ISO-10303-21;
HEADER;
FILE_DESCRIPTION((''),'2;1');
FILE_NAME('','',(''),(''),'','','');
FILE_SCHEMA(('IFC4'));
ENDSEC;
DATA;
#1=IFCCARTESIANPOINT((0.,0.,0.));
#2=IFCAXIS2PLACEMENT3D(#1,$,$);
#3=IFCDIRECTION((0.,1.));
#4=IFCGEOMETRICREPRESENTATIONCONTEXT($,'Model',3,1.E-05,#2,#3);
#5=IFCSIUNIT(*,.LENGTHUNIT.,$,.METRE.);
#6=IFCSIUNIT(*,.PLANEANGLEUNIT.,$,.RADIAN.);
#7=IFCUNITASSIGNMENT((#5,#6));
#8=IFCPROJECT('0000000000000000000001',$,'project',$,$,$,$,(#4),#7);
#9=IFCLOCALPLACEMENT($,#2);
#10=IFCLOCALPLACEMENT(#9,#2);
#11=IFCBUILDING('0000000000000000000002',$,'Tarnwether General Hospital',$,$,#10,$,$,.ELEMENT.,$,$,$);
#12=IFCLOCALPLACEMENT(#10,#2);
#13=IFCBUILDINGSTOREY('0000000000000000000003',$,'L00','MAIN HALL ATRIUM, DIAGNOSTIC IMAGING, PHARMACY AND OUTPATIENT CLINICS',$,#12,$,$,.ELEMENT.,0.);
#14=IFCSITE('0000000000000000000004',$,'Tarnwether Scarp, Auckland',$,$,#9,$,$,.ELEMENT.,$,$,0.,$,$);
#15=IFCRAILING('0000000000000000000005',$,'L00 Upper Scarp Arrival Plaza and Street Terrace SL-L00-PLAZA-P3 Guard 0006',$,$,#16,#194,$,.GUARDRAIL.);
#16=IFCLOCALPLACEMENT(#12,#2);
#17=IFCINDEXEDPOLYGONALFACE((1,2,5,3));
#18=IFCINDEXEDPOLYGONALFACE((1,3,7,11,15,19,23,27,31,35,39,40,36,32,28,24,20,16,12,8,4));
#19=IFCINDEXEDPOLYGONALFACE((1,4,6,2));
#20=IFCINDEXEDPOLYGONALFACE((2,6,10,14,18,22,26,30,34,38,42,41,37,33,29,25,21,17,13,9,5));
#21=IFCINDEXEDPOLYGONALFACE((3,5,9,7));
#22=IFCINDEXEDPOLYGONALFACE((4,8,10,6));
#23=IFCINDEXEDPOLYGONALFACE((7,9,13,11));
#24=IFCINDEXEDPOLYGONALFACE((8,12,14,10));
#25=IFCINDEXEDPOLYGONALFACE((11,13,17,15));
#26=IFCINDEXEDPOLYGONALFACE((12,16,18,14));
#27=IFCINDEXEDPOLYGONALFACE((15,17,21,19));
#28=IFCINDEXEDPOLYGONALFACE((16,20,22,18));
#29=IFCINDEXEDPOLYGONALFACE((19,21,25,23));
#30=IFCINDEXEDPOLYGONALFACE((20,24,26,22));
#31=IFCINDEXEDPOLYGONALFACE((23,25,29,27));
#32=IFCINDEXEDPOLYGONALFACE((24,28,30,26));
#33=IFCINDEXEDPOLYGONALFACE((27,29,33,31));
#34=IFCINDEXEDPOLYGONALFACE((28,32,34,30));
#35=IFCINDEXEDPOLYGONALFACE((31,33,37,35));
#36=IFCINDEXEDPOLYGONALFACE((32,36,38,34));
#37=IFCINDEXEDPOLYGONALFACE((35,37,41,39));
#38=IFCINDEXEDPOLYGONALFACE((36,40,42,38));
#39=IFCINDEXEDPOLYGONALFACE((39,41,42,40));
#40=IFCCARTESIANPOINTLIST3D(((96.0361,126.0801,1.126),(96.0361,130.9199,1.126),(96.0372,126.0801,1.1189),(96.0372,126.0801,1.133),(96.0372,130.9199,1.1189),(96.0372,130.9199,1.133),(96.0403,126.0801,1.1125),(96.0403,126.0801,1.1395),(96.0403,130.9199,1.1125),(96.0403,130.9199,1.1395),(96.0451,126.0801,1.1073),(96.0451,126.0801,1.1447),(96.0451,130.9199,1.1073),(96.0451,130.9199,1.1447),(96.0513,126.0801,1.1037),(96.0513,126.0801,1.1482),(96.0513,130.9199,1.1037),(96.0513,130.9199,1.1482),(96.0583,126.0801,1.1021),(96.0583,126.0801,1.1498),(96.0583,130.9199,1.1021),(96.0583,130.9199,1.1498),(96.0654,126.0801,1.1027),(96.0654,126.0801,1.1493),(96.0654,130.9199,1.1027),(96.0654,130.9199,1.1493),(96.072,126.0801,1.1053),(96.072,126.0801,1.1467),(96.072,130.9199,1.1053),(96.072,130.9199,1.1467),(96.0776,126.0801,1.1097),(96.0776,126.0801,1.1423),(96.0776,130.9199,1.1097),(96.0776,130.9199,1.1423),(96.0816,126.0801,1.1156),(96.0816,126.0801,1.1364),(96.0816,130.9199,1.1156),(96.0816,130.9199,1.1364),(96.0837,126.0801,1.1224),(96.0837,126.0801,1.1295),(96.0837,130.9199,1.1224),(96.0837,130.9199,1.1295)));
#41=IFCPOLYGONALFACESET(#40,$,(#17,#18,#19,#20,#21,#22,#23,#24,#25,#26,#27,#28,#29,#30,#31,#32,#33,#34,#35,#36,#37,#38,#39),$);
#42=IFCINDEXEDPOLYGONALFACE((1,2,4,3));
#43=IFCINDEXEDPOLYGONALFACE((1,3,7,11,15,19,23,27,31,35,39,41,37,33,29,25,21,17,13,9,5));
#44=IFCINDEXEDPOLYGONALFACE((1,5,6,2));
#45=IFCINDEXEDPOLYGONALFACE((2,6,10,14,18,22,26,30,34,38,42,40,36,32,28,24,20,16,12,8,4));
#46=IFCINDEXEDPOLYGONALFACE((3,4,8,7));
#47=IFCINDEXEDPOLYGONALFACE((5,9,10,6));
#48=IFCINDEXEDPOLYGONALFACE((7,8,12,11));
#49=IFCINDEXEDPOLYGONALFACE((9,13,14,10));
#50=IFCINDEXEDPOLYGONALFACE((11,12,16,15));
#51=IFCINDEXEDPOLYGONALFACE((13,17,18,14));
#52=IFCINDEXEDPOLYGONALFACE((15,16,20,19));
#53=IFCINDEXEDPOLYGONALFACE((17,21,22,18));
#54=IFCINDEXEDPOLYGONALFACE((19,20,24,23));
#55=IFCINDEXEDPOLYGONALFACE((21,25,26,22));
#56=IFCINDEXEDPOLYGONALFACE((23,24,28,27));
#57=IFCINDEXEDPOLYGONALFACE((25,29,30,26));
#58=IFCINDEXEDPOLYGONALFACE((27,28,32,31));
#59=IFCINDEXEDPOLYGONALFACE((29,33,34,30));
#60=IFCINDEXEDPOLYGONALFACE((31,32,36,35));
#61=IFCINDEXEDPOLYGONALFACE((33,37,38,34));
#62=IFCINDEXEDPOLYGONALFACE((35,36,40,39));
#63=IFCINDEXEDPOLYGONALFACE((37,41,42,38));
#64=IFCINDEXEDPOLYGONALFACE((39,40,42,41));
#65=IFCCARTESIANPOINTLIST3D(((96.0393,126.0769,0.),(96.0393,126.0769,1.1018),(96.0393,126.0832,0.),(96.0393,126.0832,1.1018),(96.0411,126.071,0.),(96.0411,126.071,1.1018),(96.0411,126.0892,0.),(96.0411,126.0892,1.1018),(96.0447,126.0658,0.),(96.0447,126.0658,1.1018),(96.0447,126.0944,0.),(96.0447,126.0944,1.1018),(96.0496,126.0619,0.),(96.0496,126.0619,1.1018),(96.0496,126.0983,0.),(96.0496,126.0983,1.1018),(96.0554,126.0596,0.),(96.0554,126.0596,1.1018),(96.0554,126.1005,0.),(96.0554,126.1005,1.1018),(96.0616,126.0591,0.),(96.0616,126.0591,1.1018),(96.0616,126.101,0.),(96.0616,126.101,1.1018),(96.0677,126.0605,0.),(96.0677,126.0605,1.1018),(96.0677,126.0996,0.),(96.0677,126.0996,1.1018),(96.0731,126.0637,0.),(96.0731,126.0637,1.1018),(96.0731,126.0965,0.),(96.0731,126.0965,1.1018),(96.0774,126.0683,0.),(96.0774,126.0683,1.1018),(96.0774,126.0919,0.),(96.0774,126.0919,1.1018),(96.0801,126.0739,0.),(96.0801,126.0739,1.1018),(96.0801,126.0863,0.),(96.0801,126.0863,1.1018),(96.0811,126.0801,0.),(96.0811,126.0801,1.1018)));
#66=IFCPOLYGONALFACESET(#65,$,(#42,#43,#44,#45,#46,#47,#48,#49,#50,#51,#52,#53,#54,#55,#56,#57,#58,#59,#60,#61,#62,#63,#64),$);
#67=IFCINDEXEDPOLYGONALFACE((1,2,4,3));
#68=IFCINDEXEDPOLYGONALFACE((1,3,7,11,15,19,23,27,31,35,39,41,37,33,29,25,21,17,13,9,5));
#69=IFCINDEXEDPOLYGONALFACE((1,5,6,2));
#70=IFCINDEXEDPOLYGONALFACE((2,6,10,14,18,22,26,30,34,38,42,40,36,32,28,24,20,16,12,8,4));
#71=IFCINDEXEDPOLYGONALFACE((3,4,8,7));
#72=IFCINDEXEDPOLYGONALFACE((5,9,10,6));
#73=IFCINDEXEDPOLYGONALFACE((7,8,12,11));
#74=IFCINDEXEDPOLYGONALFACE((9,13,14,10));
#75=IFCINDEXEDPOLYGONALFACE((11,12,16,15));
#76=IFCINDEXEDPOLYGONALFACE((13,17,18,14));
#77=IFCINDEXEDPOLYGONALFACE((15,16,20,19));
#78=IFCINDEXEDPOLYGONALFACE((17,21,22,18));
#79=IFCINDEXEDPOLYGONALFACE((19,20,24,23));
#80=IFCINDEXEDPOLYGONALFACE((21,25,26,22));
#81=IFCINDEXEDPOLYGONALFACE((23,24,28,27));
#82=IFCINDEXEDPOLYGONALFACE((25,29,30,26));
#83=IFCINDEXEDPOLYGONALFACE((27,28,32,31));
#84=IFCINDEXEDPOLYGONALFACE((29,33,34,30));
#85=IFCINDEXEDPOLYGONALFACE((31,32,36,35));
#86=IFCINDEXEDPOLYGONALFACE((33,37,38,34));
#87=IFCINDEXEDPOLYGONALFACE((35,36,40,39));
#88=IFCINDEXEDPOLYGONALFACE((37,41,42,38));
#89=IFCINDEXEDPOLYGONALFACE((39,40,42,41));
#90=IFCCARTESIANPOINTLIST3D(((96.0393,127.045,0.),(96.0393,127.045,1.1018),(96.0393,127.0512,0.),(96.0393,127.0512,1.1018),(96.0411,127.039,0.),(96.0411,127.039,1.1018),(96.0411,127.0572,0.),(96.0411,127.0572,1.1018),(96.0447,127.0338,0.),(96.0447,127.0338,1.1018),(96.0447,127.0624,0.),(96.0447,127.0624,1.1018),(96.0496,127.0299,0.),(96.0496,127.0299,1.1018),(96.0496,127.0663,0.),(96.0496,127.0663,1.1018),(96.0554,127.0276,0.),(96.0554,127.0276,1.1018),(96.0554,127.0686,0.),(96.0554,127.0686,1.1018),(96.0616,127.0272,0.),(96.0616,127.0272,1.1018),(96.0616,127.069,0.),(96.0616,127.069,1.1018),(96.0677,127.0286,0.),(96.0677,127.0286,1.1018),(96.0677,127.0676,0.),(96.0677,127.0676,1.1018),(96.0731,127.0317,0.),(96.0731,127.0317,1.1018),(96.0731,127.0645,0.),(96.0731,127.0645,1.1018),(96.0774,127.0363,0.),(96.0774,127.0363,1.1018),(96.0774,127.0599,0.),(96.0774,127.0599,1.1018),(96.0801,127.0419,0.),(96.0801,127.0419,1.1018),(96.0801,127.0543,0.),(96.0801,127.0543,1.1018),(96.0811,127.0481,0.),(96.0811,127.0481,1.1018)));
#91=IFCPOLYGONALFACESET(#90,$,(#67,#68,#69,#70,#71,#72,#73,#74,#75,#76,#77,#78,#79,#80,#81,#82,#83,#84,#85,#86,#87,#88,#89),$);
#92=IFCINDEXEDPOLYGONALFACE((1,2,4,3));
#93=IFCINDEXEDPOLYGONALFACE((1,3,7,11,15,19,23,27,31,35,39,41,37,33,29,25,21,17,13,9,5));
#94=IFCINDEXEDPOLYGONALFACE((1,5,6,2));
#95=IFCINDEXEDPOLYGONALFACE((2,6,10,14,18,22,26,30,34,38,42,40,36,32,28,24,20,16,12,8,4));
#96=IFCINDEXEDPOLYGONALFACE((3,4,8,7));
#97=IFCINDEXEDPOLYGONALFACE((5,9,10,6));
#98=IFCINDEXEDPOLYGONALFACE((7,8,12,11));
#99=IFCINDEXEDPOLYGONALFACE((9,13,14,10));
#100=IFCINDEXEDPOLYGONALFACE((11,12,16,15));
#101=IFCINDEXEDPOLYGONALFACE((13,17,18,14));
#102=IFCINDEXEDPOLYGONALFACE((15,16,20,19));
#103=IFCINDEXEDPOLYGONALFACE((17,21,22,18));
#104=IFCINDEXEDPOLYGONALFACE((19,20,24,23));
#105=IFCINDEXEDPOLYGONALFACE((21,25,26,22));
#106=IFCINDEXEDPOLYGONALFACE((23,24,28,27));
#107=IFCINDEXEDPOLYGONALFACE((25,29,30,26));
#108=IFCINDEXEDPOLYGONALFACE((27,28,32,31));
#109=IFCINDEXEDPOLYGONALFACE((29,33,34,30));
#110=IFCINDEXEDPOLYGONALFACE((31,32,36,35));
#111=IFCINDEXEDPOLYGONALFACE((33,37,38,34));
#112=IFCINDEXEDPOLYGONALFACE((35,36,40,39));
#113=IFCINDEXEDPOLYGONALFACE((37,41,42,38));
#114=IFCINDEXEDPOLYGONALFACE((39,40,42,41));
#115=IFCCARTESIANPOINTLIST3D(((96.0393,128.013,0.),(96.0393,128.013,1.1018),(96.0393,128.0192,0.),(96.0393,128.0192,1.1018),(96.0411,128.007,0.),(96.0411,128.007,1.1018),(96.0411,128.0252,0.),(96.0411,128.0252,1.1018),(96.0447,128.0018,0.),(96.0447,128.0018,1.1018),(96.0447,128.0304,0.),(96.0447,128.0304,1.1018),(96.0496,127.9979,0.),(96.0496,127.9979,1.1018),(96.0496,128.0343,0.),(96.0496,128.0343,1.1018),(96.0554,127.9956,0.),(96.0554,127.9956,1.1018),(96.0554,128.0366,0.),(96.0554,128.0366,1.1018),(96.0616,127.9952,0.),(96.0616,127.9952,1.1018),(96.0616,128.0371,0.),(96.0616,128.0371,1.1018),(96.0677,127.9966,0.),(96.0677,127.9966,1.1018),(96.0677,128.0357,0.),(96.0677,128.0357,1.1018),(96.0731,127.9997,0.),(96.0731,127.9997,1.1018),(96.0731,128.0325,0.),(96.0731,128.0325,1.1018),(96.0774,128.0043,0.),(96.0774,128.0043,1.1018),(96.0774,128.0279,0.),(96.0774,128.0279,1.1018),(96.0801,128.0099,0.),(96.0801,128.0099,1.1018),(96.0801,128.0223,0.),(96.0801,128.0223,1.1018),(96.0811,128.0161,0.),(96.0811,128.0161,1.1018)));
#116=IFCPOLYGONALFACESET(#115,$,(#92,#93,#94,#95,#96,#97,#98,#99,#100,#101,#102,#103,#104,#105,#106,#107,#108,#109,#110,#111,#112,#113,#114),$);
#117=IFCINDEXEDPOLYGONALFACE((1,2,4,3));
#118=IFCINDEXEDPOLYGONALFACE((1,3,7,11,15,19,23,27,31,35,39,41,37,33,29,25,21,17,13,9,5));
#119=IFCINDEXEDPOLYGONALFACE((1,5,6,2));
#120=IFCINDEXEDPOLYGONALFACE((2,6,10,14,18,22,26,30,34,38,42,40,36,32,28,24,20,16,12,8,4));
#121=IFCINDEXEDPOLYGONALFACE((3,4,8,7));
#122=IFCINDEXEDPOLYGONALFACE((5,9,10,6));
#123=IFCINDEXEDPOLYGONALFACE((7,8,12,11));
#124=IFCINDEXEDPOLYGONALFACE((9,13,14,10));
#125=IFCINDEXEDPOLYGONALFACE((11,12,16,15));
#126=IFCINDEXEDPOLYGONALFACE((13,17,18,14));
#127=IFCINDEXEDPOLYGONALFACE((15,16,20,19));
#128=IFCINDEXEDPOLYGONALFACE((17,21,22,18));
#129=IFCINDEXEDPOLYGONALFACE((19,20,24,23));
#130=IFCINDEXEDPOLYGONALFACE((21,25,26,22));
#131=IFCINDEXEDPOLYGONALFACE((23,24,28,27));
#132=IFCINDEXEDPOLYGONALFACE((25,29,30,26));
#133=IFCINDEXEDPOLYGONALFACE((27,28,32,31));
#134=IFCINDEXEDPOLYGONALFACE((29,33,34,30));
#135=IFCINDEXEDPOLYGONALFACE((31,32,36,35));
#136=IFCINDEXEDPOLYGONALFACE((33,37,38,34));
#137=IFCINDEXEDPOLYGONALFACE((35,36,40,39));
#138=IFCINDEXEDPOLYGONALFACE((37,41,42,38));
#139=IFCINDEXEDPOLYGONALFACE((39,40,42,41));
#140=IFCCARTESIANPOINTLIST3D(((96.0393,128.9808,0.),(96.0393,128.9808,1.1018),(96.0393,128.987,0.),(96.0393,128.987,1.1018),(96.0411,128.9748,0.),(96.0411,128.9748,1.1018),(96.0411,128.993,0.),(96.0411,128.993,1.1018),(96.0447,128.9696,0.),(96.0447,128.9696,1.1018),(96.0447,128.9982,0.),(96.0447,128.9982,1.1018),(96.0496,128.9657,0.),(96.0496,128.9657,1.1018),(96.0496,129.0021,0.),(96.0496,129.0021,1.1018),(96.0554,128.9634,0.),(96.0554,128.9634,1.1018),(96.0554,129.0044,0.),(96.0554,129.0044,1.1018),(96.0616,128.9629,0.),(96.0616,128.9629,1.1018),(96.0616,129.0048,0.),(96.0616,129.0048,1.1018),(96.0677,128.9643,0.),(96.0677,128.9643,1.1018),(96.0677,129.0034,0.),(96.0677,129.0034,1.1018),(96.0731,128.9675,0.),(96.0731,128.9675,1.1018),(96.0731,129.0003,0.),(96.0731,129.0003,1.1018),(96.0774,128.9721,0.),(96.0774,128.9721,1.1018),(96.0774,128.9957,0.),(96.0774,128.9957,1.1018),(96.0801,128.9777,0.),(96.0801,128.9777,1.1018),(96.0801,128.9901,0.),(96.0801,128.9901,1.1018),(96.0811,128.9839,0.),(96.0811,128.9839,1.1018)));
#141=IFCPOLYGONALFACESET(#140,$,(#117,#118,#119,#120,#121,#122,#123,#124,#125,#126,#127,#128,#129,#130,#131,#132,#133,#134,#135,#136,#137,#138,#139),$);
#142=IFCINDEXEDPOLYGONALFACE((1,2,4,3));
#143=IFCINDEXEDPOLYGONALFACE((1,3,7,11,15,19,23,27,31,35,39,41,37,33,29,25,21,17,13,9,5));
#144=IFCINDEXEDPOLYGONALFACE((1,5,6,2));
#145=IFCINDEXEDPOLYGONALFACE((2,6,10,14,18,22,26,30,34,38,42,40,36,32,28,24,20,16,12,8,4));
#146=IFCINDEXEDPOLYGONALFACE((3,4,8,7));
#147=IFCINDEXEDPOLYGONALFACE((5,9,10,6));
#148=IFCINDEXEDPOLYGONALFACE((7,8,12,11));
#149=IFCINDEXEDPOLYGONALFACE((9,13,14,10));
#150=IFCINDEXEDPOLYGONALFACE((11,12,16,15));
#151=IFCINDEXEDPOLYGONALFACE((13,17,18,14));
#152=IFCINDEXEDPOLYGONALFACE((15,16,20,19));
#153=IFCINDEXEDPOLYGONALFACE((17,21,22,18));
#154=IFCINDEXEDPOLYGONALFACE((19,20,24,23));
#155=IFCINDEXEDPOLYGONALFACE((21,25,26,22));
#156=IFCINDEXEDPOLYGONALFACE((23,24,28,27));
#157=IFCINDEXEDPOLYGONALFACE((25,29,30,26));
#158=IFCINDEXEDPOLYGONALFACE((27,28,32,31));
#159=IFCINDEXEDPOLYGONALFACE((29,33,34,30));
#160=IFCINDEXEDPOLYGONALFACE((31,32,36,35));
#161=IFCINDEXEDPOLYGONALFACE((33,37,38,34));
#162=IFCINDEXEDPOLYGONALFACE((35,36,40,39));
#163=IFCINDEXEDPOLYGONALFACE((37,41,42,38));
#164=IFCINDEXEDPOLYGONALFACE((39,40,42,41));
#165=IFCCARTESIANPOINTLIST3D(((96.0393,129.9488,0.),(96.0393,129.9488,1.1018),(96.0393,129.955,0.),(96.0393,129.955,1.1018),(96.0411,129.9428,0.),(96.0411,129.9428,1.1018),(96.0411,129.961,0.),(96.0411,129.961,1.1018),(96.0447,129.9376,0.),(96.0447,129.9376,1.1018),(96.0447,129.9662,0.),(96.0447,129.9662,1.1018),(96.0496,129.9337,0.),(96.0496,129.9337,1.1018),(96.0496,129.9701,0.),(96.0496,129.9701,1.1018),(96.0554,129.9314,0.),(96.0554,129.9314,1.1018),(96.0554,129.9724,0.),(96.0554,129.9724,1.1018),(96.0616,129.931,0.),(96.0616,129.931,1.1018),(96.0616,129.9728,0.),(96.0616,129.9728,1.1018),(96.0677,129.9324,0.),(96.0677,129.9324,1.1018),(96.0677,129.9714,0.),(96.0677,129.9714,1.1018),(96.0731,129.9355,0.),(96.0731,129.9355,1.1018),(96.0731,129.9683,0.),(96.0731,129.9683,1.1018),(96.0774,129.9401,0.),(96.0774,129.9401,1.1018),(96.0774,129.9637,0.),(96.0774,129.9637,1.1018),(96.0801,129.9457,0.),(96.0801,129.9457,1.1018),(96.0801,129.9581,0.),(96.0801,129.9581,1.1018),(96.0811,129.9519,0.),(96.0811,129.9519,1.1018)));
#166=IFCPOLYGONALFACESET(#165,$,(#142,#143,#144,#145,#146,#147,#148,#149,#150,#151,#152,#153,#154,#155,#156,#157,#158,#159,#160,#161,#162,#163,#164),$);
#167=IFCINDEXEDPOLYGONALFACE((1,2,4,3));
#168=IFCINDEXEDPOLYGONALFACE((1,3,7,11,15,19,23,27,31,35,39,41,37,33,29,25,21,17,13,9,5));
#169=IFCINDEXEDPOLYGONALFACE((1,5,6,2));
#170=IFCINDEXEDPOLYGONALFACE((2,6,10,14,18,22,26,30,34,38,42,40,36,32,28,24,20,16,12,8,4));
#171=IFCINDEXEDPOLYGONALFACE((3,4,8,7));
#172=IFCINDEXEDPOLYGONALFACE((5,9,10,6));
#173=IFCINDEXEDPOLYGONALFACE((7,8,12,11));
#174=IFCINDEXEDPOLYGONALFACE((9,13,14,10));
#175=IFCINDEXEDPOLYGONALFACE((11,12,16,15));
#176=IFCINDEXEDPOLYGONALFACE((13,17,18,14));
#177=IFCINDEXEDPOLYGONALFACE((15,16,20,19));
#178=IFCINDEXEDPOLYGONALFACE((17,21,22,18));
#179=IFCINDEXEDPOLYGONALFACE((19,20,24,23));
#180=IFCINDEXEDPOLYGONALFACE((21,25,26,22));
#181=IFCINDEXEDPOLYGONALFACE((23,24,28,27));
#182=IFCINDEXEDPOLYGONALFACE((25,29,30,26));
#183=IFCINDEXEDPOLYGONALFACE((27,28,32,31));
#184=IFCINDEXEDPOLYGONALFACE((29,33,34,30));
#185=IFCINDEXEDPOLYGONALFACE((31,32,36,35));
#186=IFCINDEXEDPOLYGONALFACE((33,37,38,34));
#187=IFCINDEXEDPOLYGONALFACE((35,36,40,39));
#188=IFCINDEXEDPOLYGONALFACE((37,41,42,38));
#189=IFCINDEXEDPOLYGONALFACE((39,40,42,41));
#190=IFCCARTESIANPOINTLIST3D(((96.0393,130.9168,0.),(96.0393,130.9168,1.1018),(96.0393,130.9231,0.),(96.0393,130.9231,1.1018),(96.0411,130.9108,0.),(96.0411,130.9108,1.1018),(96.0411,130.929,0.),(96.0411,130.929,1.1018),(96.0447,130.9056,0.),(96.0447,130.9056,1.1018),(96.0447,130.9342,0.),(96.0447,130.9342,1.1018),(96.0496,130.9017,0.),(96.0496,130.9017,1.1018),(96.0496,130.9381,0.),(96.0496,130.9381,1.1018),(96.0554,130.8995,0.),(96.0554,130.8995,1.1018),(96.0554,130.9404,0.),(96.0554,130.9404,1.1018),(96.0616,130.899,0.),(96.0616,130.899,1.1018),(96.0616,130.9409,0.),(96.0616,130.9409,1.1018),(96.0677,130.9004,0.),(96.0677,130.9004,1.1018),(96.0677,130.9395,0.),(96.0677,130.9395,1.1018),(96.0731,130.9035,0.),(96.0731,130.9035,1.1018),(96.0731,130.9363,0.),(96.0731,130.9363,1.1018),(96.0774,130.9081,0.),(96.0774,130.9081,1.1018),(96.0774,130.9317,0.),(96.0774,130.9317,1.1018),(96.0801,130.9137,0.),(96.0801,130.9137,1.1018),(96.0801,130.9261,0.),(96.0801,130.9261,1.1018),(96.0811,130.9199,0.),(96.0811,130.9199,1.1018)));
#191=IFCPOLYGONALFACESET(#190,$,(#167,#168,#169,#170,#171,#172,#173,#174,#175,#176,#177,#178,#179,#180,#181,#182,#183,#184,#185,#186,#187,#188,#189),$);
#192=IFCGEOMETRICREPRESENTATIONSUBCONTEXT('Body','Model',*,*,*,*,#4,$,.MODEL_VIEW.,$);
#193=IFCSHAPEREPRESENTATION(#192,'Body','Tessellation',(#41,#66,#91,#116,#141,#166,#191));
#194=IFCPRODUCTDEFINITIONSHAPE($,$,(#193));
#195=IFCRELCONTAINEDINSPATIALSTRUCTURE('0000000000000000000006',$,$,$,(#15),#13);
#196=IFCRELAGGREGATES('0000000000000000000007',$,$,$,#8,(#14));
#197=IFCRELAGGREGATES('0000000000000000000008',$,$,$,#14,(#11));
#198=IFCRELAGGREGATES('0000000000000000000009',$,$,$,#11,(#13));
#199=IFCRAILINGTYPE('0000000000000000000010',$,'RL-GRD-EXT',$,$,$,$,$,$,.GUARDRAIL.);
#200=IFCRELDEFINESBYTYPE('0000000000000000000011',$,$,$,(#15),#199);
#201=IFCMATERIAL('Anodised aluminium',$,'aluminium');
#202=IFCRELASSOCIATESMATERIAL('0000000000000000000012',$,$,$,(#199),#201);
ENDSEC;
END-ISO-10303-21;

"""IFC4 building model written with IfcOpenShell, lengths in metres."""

from ifc_helpers import new_model, si_unit, direction, frame, origin, origin_2d, place, context, subcontext, project, spatial, circle, extrude, material, type_object, element, save


model = new_model("IFC4")

# Units and contexts
model_context = context("Model", 3, precision=1e-05, world=origin(), true_north=direction((0.0, 1.0)))
body_context = subcontext(model_context, "Body", "Model", "MODEL_VIEW")
ifc_project = project(units=[si_unit("LENGTHUNIT", "METRE"), si_unit("PLANEANGLEUNIT", "RADIAN")], contexts=[model_context])

# Site, building, storey
site_placement = place(None, origin())
site = spatial("IfcSite", under=ifc_project, at=site_placement, Name="Tarnwether Scarp, Auckland", CompositionType="ELEMENT", RefElevation=0.0)
building_placement = place(site_placement, origin())
building = spatial("IfcBuilding", under=site, at=building_placement, Name="Tarnwether General Hospital", CompositionType="ELEMENT")
storey_placement = place(building_placement, origin())
storey = spatial("IfcBuildingStorey", under=building, at=storey_placement, Name="L00", Description="MAIN HALL ATRIUM, DIAGNOSTIC IMAGING, PHARMACY AND OUTPATIENT CLINICS", CompositionType="ELEMENT", Elevation=0.0)

# Railing
ifc_material_1 = material(Name="Anodised aluminium", Category="aluminium")
railing_type = type_object("IfcRailingType", Name="RL-GRD-EXT", PredefinedType="GUARDRAIL", material=ifc_material_1)
railing_1_placement = place(storey_placement, frame((96.0601, 126.0801, 0.0)))
element("IfcRailing", 1, at=railing_1_placement, inside=storey, type_object=railing_type, Name="L00 Upper Scarp Arrival Plaza and Street Terrace SL-L00-PLAZA-P3 Guard 0006", PredefinedType="GUARDRAIL", context=body_context, shape_type="SweptSolid", body=[
    extrude(circle(Radius=0.0239, at=origin_2d()), frame((0.0, 0.0, 1.126), z_axis=(0.0, 1.0, 0.0), x_axis=(-1.0, 0.0, 0.0)), (0.0, 0.0, 1.0), 4.8398),
    extrude(circle(Radius=0.021, at=origin_2d()), origin(), (0.0, 0.0, 1.0), 1.1018),
    extrude(circle(Radius=0.021, at=origin_2d()), frame((0.0, 0.968, 0.0)), (0.0, 0.0, 1.0), 1.1018),
    extrude(circle(Radius=0.021, at=origin_2d()), frame((0.0, 1.936, 0.0)), (0.0, 0.0, 1.0), 1.1018),
    extrude(circle(Radius=0.021, at=origin_2d()), frame((0.0, 2.9038, 0.0)), (0.0, 0.0, 1.0), 1.1018),
    extrude(circle(Radius=0.021, at=origin_2d()), frame((0.0, 3.8718, 0.0)), (0.0, 0.0, 1.0), 1.1018),
    extrude(circle(Radius=0.021, at=origin_2d()), frame((0.0, 4.8398, 0.0)), (0.0, 0.0, 1.0), 1.1018),
])

save(model, "model.ifc")
